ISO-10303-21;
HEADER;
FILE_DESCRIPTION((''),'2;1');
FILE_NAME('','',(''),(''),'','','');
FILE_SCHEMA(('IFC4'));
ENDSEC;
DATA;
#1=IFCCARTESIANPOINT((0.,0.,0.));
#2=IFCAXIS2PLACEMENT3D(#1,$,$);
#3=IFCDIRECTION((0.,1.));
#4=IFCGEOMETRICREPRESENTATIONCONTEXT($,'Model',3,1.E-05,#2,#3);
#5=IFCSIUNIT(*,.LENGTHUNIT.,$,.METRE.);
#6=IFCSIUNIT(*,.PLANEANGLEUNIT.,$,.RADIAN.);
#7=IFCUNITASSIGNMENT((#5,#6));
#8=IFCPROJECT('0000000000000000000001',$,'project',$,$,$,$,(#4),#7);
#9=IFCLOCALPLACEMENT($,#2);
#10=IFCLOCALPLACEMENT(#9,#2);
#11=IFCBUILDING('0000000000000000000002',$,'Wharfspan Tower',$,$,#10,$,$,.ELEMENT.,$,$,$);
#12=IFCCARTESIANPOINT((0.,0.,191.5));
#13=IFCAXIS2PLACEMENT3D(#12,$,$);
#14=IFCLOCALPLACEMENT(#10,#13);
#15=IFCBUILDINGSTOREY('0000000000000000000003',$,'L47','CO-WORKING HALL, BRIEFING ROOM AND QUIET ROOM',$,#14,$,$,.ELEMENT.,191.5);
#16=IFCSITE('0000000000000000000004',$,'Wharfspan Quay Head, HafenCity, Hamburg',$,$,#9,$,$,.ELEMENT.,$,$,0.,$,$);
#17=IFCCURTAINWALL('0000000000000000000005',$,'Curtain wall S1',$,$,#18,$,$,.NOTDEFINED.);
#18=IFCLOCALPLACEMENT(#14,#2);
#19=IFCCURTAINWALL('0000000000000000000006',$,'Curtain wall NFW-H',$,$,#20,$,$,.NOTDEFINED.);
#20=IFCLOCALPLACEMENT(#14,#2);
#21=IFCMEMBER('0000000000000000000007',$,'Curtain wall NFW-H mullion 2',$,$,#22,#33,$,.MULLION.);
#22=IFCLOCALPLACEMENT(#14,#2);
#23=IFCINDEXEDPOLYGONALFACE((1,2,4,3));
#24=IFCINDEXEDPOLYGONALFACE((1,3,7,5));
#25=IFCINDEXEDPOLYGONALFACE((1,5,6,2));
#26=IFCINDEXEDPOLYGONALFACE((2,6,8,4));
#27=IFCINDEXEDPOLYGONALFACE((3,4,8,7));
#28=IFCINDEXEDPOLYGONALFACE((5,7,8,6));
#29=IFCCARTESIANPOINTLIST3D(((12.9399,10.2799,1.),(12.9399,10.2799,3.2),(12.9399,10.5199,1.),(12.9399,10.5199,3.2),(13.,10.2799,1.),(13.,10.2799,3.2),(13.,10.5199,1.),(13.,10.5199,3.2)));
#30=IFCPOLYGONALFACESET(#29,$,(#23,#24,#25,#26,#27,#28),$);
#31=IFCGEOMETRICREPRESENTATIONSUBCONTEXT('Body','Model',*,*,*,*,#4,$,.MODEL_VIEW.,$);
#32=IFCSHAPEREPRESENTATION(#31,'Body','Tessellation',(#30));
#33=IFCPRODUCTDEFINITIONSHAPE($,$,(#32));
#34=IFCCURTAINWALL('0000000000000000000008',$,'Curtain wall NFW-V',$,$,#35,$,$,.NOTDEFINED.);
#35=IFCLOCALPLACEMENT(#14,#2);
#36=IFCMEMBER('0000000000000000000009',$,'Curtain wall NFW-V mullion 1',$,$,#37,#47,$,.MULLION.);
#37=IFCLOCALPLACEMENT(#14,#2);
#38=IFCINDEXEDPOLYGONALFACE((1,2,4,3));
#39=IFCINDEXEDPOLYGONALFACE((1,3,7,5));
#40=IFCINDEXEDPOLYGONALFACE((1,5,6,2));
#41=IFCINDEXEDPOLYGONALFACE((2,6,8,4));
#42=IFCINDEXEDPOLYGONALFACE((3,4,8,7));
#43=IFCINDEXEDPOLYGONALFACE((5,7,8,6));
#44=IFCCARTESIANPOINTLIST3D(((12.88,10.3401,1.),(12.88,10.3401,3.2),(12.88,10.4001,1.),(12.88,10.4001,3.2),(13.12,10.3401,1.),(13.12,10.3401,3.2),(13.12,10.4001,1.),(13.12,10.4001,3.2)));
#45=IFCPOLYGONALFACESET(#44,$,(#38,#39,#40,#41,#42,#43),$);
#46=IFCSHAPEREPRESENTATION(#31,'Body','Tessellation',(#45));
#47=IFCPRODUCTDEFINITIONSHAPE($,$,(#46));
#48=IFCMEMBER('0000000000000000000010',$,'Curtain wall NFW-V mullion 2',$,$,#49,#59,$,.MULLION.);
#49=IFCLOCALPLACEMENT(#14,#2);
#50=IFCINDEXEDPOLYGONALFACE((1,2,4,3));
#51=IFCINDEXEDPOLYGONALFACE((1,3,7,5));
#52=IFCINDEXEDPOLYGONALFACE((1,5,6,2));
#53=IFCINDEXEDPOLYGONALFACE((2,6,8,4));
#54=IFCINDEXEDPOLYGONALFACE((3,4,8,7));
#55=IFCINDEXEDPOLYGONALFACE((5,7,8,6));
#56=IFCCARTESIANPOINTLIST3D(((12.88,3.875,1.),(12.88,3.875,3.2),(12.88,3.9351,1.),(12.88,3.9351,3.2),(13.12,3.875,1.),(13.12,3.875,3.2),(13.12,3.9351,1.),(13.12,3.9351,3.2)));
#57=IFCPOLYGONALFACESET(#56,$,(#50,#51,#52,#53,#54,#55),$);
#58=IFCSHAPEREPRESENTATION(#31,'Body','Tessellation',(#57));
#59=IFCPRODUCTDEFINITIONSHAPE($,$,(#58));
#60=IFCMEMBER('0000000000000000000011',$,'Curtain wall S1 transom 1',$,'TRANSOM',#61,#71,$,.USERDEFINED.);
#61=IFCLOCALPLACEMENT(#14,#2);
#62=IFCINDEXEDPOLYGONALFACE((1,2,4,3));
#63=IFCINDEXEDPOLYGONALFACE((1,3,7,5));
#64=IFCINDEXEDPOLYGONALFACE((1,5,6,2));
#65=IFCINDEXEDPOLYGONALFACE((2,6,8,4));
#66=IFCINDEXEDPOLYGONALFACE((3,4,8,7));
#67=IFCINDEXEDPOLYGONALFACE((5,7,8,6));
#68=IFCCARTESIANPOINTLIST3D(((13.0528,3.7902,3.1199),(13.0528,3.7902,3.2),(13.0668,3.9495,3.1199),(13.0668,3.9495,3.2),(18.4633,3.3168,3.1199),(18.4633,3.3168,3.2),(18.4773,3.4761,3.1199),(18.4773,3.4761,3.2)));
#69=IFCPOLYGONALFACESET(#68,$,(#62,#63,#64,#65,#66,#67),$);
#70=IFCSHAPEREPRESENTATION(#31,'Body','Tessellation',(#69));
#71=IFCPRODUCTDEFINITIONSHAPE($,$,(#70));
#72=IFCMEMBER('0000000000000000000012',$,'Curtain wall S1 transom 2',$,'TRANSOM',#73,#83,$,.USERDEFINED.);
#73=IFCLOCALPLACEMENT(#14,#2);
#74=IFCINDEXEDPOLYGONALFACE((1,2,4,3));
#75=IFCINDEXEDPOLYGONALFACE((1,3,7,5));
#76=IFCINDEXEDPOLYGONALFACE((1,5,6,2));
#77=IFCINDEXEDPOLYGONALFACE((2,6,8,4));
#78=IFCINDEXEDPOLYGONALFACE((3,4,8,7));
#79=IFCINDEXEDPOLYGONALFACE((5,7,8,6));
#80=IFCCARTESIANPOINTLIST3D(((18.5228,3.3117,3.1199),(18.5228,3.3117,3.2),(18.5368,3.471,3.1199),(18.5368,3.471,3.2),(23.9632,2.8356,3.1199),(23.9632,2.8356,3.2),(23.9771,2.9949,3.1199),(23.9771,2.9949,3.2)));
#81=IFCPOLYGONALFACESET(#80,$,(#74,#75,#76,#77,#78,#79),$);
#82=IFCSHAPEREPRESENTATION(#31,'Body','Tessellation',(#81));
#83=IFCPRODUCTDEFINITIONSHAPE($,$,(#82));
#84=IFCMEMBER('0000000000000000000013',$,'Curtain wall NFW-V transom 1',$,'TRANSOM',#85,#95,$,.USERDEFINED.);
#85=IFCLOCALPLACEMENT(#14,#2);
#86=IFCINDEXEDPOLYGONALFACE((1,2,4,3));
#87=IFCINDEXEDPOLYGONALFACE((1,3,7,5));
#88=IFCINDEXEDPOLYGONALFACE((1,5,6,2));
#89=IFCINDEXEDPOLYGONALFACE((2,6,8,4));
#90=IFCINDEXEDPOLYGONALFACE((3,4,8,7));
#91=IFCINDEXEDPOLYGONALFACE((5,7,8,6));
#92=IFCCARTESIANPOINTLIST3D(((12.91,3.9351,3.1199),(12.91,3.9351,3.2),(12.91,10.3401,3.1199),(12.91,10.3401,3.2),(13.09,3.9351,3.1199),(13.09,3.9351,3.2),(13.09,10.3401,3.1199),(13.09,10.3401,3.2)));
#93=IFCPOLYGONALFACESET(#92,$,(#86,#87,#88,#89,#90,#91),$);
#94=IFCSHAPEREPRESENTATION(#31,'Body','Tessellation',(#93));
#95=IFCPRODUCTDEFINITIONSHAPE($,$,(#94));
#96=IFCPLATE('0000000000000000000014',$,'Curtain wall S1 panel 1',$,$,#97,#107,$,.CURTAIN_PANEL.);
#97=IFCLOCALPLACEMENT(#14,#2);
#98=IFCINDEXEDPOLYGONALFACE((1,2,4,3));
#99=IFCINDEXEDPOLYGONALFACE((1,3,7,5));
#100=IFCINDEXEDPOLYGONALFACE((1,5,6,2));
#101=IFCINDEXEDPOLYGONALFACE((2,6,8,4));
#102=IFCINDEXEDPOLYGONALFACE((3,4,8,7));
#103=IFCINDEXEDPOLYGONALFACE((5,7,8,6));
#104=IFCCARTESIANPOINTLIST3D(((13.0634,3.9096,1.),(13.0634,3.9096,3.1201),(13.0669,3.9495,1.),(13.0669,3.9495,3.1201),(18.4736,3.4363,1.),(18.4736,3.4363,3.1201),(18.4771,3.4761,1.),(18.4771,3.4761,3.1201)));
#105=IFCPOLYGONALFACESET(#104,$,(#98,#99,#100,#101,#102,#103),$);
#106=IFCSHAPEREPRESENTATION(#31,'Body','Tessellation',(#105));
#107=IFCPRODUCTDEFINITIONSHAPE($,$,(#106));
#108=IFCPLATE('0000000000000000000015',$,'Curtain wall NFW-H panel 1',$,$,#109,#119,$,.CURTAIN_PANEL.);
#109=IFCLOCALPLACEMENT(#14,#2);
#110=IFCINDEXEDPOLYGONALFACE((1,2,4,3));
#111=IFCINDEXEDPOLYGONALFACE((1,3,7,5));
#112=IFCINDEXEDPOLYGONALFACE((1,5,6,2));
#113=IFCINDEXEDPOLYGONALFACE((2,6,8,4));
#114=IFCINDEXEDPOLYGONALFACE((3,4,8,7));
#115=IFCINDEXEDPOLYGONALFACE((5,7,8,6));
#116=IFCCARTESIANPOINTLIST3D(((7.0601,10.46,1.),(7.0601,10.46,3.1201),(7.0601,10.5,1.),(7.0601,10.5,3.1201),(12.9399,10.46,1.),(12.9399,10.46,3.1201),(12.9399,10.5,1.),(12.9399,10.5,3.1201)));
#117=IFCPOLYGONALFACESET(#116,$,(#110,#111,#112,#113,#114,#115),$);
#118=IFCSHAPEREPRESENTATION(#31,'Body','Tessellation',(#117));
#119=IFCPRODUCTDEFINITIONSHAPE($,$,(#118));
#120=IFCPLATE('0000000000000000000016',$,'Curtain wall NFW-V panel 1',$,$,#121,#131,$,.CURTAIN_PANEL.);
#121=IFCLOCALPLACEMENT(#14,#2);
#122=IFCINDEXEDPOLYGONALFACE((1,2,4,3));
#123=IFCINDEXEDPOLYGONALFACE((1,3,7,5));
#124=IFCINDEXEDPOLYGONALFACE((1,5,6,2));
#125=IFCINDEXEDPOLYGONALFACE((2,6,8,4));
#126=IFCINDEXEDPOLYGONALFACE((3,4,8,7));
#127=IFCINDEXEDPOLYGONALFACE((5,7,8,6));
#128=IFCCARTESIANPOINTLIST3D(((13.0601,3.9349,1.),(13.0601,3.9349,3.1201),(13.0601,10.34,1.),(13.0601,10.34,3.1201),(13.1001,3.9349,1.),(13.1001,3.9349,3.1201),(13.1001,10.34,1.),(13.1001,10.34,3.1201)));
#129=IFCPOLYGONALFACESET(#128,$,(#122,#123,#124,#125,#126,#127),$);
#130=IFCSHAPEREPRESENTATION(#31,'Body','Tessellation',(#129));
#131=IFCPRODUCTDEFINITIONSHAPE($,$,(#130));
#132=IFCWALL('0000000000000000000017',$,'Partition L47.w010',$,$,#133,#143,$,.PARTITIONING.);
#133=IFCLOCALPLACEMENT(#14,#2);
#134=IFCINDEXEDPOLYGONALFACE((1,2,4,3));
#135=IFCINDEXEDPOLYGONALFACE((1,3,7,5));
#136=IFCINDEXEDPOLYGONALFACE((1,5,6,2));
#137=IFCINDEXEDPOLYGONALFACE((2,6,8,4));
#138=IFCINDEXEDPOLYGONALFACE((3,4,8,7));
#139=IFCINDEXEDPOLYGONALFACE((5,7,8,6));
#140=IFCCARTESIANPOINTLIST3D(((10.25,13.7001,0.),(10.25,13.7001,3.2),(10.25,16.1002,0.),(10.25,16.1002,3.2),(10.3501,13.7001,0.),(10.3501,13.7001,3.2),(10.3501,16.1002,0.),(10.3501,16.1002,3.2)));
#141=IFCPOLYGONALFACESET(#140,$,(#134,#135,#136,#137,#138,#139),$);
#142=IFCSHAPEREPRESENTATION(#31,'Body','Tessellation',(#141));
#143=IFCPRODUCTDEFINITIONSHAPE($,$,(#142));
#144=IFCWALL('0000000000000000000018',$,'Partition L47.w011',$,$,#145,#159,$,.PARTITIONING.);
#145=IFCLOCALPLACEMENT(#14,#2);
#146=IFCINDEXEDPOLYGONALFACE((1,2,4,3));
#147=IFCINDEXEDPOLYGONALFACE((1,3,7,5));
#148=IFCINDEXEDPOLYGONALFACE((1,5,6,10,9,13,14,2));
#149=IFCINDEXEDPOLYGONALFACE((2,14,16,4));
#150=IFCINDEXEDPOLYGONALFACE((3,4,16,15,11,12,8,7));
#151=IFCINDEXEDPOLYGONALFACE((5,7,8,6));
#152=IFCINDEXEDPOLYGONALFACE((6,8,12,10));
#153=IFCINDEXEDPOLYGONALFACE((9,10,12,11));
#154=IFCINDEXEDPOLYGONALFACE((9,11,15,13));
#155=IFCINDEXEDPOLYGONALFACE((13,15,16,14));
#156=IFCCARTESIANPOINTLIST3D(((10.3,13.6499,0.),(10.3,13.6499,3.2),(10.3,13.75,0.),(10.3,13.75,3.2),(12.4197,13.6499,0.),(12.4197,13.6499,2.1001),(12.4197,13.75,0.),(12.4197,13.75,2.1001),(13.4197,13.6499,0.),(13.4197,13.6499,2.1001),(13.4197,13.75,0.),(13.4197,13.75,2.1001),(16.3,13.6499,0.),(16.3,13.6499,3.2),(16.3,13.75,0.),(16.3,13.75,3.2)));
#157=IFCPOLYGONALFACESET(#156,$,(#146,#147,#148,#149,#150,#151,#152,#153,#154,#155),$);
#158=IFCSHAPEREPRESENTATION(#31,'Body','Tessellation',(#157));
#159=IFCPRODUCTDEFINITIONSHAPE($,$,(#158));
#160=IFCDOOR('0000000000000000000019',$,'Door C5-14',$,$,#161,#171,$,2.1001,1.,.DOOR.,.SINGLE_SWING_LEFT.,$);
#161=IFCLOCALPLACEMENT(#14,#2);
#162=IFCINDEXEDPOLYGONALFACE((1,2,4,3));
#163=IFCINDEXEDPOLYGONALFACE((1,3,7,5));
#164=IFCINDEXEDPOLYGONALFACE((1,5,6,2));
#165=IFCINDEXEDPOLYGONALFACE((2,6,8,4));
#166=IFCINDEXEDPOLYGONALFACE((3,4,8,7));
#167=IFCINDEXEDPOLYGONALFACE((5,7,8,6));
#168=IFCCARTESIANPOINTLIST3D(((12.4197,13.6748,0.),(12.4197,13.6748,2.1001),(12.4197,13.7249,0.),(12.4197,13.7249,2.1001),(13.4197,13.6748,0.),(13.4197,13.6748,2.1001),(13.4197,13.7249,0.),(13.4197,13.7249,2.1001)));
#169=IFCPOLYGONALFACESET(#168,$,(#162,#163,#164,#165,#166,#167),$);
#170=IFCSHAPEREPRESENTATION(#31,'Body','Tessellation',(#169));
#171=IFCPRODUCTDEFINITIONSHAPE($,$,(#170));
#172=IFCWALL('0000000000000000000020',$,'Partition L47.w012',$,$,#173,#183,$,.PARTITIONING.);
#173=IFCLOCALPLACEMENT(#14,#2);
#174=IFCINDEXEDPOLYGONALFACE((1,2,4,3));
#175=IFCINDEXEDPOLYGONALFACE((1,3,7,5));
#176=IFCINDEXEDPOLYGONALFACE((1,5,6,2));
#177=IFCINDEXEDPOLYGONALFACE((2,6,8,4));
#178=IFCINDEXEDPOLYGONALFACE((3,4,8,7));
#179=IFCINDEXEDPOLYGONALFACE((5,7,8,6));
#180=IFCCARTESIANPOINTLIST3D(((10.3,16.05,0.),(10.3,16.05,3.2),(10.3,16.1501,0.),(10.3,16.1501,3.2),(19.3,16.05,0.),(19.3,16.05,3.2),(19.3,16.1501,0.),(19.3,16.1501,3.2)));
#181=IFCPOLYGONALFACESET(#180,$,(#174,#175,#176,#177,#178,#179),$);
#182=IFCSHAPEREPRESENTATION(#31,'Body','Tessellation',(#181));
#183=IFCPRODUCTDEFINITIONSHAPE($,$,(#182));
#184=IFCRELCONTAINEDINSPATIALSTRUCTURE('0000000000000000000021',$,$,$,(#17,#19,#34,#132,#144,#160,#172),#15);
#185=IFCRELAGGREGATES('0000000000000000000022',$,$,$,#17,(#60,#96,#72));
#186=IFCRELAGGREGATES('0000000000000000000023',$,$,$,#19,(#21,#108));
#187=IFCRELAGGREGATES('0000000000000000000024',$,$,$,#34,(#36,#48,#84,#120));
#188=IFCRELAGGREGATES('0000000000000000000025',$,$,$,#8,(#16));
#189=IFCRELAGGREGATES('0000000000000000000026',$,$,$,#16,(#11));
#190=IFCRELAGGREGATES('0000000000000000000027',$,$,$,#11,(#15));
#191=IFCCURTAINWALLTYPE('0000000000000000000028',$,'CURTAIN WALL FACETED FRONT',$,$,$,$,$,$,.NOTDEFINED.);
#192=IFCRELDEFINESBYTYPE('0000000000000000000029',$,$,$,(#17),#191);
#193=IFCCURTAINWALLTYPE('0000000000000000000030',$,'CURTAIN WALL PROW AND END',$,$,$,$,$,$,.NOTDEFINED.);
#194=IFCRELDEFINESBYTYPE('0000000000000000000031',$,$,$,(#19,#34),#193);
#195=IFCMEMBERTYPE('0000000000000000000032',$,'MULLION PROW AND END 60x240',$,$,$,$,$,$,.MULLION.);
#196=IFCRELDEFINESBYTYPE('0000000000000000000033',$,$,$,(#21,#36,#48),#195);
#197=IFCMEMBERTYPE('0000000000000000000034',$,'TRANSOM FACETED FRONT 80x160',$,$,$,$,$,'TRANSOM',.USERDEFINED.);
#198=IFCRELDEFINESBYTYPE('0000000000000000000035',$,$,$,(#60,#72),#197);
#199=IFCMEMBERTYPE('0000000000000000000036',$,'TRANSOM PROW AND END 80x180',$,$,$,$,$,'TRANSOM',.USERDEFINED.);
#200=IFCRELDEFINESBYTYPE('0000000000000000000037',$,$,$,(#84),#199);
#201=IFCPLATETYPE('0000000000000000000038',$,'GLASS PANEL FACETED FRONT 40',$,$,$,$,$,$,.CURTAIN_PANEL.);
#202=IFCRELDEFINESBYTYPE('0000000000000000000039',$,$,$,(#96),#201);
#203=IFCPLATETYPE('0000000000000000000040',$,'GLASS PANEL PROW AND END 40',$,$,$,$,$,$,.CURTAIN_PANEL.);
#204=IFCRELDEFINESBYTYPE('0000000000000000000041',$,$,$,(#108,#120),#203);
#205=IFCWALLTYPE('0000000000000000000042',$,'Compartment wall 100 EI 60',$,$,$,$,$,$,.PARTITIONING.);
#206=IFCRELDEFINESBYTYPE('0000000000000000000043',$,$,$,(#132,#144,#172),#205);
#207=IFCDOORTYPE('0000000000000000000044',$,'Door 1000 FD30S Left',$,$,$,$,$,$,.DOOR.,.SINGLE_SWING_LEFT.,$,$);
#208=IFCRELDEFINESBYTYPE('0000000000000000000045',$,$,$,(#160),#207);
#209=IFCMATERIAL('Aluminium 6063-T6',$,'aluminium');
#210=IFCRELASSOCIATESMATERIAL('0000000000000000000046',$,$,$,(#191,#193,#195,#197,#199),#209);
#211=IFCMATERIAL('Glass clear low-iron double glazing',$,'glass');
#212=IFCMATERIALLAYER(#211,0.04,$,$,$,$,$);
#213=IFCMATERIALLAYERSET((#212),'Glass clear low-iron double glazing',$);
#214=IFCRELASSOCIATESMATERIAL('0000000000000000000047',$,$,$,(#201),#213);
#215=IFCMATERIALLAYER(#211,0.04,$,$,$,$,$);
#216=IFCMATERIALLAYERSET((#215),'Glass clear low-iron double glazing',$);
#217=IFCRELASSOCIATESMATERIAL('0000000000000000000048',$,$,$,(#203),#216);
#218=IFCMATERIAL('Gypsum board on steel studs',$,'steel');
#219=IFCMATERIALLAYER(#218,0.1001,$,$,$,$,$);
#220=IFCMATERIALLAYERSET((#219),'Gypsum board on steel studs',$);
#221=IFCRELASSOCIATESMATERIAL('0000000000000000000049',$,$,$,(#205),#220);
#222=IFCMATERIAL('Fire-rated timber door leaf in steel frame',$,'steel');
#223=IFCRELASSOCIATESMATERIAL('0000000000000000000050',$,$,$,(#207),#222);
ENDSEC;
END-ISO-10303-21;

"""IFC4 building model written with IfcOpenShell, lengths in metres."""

from ifc_helpers import new_model, si_unit, direction, frame, frame_2d, origin, origin_2d, place, context, subcontext, project, spatial, rectangle, extrude, material, layer, layer_set, material_profile, profile_set, type_object, element, fill, aggregate, save


model = new_model("IFC4")

# Units and contexts
model_context = context("Model", 3, precision=1e-05, world=origin(), true_north=direction((0.0, 1.0)))
body_context = subcontext(model_context, "Body", "Model", "MODEL_VIEW")
ifc_project = project(units=[si_unit("LENGTHUNIT", "METRE"), si_unit("PLANEANGLEUNIT", "RADIAN")], contexts=[model_context])

# Site, building, storey
site_placement = place(None, origin())
site = spatial("IfcSite", under=ifc_project, at=site_placement, Name="Wharfspan Quay Head, HafenCity, Hamburg", CompositionType="ELEMENT", RefElevation=0.0)
building_placement = place(site_placement, origin())
building = spatial("IfcBuilding", under=site, at=building_placement, Name="Wharfspan Tower", CompositionType="ELEMENT")
storey_placement = place(building_placement, frame((0.0, 0.0, 191.5)))
storey = spatial("IfcBuildingStorey", under=building, at=storey_placement, Name="L47", Description="CO-WORKING HALL, BRIEFING ROOM AND QUIET ROOM", CompositionType="ELEMENT", Elevation=191.5)

# Curtain wall
ifc_material_1 = material(Name="Aluminium 6063-T6", Category="aluminium")
curtain_wall_type_1 = type_object("IfcCurtainWallType", Name="CURTAIN WALL FACETED FRONT", PredefinedType="NOTDEFINED", material=ifc_material_1)
curtain_wall_1_placement = place(storey_placement, origin())
curtain_wall_1 = element("IfcCurtainWall", 1, at=curtain_wall_1_placement, inside=storey, type_object=curtain_wall_type_1, Name="Curtain wall S1", PredefinedType="NOTDEFINED")

# Curtain wall, member
curtain_wall_type_2 = type_object("IfcCurtainWallType", Name="CURTAIN WALL PROW AND END", PredefinedType="NOTDEFINED", material=ifc_material_1)
curtain_wall_2_placement = place(storey_placement, origin())
curtain_wall_2 = element("IfcCurtainWall", 2, at=curtain_wall_2_placement, inside=storey, type_object=curtain_wall_type_2, Name="Curtain wall NFW-H", PredefinedType="NOTDEFINED")
ifc_material_profile_1 = material_profile(ifc_material_1, rectangle(XDim=0.24, YDim=0.0601, at=origin_2d()))
ifc_profile_set_1 = profile_set([ifc_material_profile_1], Name="Aluminium 6063-T6")
member_type_1 = type_object("IfcMemberType", Name="MULLION PROW AND END 60x240", PredefinedType="MULLION", material=ifc_profile_set_1)
member_1_placement = place(storey_placement, frame((12.97, 10.3999, 1.0), z_axis=(0.0, 0.0, 1.0), x_axis=(0.0, 1.0, 0.0)))
member_1 = element("IfcMember", 3, at=member_1_placement, type_object=member_type_1, Name="Curtain wall NFW-H mullion 2", PredefinedType="MULLION", context=body_context, shape_type="SweptSolid", body=[
    extrude(rectangle(XDim=0.24, YDim=0.0601, at=origin_2d()), origin(), (0.0, 0.0, 1.0), 2.2),
])

# Curtain wall, members
curtain_wall_3_placement = place(storey_placement, origin())
curtain_wall_3 = element("IfcCurtainWall", 4, at=curtain_wall_3_placement, inside=storey, type_object=curtain_wall_type_2, Name="Curtain wall NFW-V", PredefinedType="NOTDEFINED")
member_2_placement = place(storey_placement, frame((13.0, 10.3701, 1.0), z_axis=(0.0, 0.0, 1.0), x_axis=(1.0, 0.0, 0.0)))
member_2 = element("IfcMember", 5, at=member_2_placement, type_object=member_type_1, Name="Curtain wall NFW-V mullion 1", PredefinedType="MULLION", context=body_context, shape_type="SweptSolid", body=[
    extrude(rectangle(XDim=0.24, YDim=0.0601, at=origin_2d()), origin(), (0.0, 0.0, 1.0), 2.2),
])
member_3_placement = place(storey_placement, frame((13.0, 3.905, 1.0), z_axis=(0.0, 0.0, 1.0), x_axis=(1.0, 0.0, 0.0)))
member_3 = element("IfcMember", 6, at=member_3_placement, type_object=member_type_1, Name="Curtain wall NFW-V mullion 2", PredefinedType="MULLION", context=body_context, shape_type="SweptSolid", body=[
    extrude(rectangle(XDim=0.24, YDim=0.0601, at=origin_2d()), origin(), (0.0, 0.0, 1.0), 2.2),
])

# Members
ifc_material_profile_2 = material_profile(ifc_material_1, rectangle(XDim=0.1599, YDim=0.0801, at=origin_2d()))
ifc_profile_set_2 = profile_set([ifc_material_profile_2], Name="Aluminium 6063-T6")
member_type_2 = type_object("IfcMemberType", Name="TRANSOM FACETED FRONT 80x160", ElementType="TRANSOM", PredefinedType="USERDEFINED", material=ifc_profile_set_2)
member_4_placement = place(storey_placement, frame((13.0598, 3.8699, 3.1599), z_axis=(0.996194, -0.087163, 0.0), x_axis=(0.087163, 0.996194, 0.0)))
member_4 = element("IfcMember", 7, at=member_4_placement, type_object=member_type_2, Name="Curtain wall S1 transom 1", ObjectType="TRANSOM", PredefinedType="USERDEFINED", context=body_context, shape_type="SweptSolid", body=[
    extrude(rectangle(XDim=0.1599, YDim=0.0801, at=origin_2d()), origin(), (0.0, 0.0, 1.0), 5.4312),
])
member_5_placement = place(storey_placement, frame((18.5298, 3.3914, 3.1599), z_axis=(0.996193, -0.087174, 0.0), x_axis=(0.087174, 0.996193, 0.0)))
member_5 = element("IfcMember", 8, at=member_5_placement, type_object=member_type_2, Name="Curtain wall S1 transom 2", ObjectType="TRANSOM", PredefinedType="USERDEFINED", context=body_context, shape_type="SweptSolid", body=[
    extrude(rectangle(XDim=0.1599, YDim=0.0801, at=origin_2d()), origin(), (0.0, 0.0, 1.0), 5.4612),
])
ifc_material_profile_3 = material_profile(ifc_material_1, rectangle(XDim=0.1799, YDim=0.0801, at=origin_2d()))
ifc_profile_set_3 = profile_set([ifc_material_profile_3], Name="Aluminium 6063-T6")
member_type_3 = type_object("IfcMemberType", Name="TRANSOM PROW AND END 80x180", ElementType="TRANSOM", PredefinedType="USERDEFINED", material=ifc_profile_set_3)
member_6_placement = place(storey_placement, frame((13.0, 10.3401, 3.1599), z_axis=(0.0, -1.0, 0.0), x_axis=(1.0, 0.0, 0.0)))
member_6 = element("IfcMember", 9, at=member_6_placement, type_object=member_type_3, Name="Curtain wall NFW-V transom 1", ObjectType="TRANSOM", PredefinedType="USERDEFINED", context=body_context, shape_type="SweptSolid", body=[
    extrude(rectangle(XDim=0.1799, YDim=0.0801, at=origin_2d()), origin(), (0.0, 0.0, 1.0), 6.405),
])

# Plates
ifc_material_2 = material(Name="Glass clear low-iron double glazing", Category="glass")
ifc_layer_1 = layer(ifc_material_2, 0.04)
ifc_layer_set_1 = layer_set([ifc_layer_1], Name="Glass clear low-iron double glazing")
plate_type_1 = type_object("IfcPlateType", Name="GLASS PANEL FACETED FRONT 40", PredefinedType="CURTAIN_PANEL", material=ifc_layer_set_1)
plate_1_placement = place(storey_placement, frame((15.7703, 3.6929, 1.0), z_axis=(0.0, 0.0, 1.0), x_axis=(0.996198, -0.087156, 0.0)))
plate_1 = element("IfcPlate", 10, at=plate_1_placement, type_object=plate_type_1, Name="Curtain wall S1 panel 1", PredefinedType="CURTAIN_PANEL", context=body_context, shape_type="SweptSolid", body=[
    extrude(rectangle(XDim=5.4309, YDim=0.04, at=origin_2d()), origin(), (0.0, 0.0, 1.0), 2.1201),
])
aggregate(curtain_wall_1, [member_4, plate_1, member_5])
ifc_layer_2 = layer(ifc_material_2, 0.04)
ifc_layer_set_2 = layer_set([ifc_layer_2], Name="Glass clear low-iron double glazing")
plate_type_2 = type_object("IfcPlateType", Name="GLASS PANEL PROW AND END 40", PredefinedType="CURTAIN_PANEL", material=ifc_layer_set_2)
plate_2_placement = place(storey_placement, frame((10.0, 10.48, 1.0), z_axis=(0.0, 0.0, 1.0), x_axis=(1.0, 0.0, 0.0)))
plate_2 = element("IfcPlate", 11, at=plate_2_placement, type_object=plate_type_2, Name="Curtain wall NFW-H panel 1", PredefinedType="CURTAIN_PANEL", context=body_context, shape_type="SweptSolid", body=[
    extrude(rectangle(XDim=5.8799, YDim=0.04, at=origin_2d()), origin(), (0.0, 0.0, 1.0), 2.1201),
])
aggregate(curtain_wall_2, [member_1, plate_2])
plate_3_placement = place(storey_placement, frame((13.0801, 7.1375, 1.0), z_axis=(0.0, 0.0, 1.0), x_axis=(0.0, -1.0, 0.0)))
plate_3 = element("IfcPlate", 12, at=plate_3_placement, type_object=plate_type_2, Name="Curtain wall NFW-V panel 1", PredefinedType="CURTAIN_PANEL", context=body_context, shape_type="SweptSolid", body=[
    extrude(rectangle(XDim=6.405, YDim=0.04, at=origin_2d()), origin(), (0.0, 0.0, 1.0), 2.1201),
])
aggregate(curtain_wall_3, [member_2, member_3, member_6, plate_3])

# Wall
ifc_material_3 = material(Name="Gypsum board on steel studs", Category="steel")
ifc_layer_3 = layer(ifc_material_3, 0.1001)
ifc_layer_set_3 = layer_set([ifc_layer_3], Name="Gypsum board on steel studs")
wall_type_1 = type_object("IfcWallType", Name="Compartment wall 100 EI 60", PredefinedType="PARTITIONING", material=ifc_layer_set_3)
wall_1_placement = place(storey_placement, frame((10.3, 13.7, 0.0), z_axis=(0.0, 0.0, 1.0), x_axis=(0.0, 1.0, 0.0)))
element("IfcWall", 13, at=wall_1_placement, inside=storey, type_object=wall_type_1, Name="Partition L47.w010", PredefinedType="PARTITIONING", context=body_context, shape_type="SweptSolid", body=[
    extrude(rectangle(XDim=2.4001, YDim=0.1001, at=frame_2d((1.2002, 0.0))), origin(), (0.0, 0.0, 1.0), 3.2),
])

# Wall, opening, door
wall_2_placement = place(storey_placement, frame((10.3, 13.7, 0.0), z_axis=(0.0, 0.0, 1.0), x_axis=(1.0, 0.0, 0.0)))
wall_2 = element("IfcWall", 14, at=wall_2_placement, inside=storey, type_object=wall_type_1, Name="Partition L47.w011", PredefinedType="PARTITIONING", context=body_context, shape_type="SweptSolid", body=[
    extrude(rectangle(XDim=6.0, YDim=0.1001, at=frame_2d((3.0, 0.0))), origin(), (0.0, 0.0, 1.0), 3.2),
])
opening_placement = place(wall_2_placement, frame((2.1196, 0.0, 0.0)))
opening = element("IfcOpeningElement", 15, at=opening_placement, cuts=wall_2, PredefinedType="OPENING", context=body_context, shape_type="SweptSolid", body=[
    extrude(rectangle(XDim=1.0, YDim=2.1001, at=frame_2d((0.5, 1.05))), frame((0.0, 0.0601, 0.0), z_axis=(0.0, -1.0, 0.0), x_axis=(1.0, 0.0, 0.0)), (0.0, 0.0, 1.0), 0.1201),
])
ifc_material_4 = material(Name="Fire-rated timber door leaf in steel frame", Category="steel")
door_type = type_object("IfcDoorType", Name="Door 1000 FD30S Left", OperationType="SINGLE_SWING_LEFT", PredefinedType="DOOR", material=ifc_material_4)
door_placement = place(opening_placement, origin())
door = element("IfcDoor", 16, at=door_placement, inside=storey, type_object=door_type, Name="Door C5-14", OperationType="SINGLE_SWING_LEFT", OverallHeight=2.1001, OverallWidth=1.0, PredefinedType="DOOR", context=body_context, shape_type="SweptSolid", body=[
    extrude(rectangle(XDim=1.0, YDim=2.1001, at=frame_2d((0.5, 1.05))), frame((0.0, 0.0249, 0.0), z_axis=(0.0, -1.0, 0.0), x_axis=(1.0, 0.0, 0.0)), (0.0, 0.0, 1.0), 0.05),
])
fill(opening, door)

# Wall
wall_3_placement = place(storey_placement, frame((10.3, 16.1001, 0.0), z_axis=(0.0, 0.0, 1.0), x_axis=(1.0, 0.0, 0.0)))
element("IfcWall", 17, at=wall_3_placement, inside=storey, type_object=wall_type_1, Name="Partition L47.w012", PredefinedType="PARTITIONING", context=body_context, shape_type="SweptSolid", body=[
    extrude(rectangle(XDim=9.0, YDim=0.1001, at=frame_2d((4.5, 0.0))), origin(), (0.0, 0.0, 1.0), 3.2),
])

save(model, "model.ifc")
